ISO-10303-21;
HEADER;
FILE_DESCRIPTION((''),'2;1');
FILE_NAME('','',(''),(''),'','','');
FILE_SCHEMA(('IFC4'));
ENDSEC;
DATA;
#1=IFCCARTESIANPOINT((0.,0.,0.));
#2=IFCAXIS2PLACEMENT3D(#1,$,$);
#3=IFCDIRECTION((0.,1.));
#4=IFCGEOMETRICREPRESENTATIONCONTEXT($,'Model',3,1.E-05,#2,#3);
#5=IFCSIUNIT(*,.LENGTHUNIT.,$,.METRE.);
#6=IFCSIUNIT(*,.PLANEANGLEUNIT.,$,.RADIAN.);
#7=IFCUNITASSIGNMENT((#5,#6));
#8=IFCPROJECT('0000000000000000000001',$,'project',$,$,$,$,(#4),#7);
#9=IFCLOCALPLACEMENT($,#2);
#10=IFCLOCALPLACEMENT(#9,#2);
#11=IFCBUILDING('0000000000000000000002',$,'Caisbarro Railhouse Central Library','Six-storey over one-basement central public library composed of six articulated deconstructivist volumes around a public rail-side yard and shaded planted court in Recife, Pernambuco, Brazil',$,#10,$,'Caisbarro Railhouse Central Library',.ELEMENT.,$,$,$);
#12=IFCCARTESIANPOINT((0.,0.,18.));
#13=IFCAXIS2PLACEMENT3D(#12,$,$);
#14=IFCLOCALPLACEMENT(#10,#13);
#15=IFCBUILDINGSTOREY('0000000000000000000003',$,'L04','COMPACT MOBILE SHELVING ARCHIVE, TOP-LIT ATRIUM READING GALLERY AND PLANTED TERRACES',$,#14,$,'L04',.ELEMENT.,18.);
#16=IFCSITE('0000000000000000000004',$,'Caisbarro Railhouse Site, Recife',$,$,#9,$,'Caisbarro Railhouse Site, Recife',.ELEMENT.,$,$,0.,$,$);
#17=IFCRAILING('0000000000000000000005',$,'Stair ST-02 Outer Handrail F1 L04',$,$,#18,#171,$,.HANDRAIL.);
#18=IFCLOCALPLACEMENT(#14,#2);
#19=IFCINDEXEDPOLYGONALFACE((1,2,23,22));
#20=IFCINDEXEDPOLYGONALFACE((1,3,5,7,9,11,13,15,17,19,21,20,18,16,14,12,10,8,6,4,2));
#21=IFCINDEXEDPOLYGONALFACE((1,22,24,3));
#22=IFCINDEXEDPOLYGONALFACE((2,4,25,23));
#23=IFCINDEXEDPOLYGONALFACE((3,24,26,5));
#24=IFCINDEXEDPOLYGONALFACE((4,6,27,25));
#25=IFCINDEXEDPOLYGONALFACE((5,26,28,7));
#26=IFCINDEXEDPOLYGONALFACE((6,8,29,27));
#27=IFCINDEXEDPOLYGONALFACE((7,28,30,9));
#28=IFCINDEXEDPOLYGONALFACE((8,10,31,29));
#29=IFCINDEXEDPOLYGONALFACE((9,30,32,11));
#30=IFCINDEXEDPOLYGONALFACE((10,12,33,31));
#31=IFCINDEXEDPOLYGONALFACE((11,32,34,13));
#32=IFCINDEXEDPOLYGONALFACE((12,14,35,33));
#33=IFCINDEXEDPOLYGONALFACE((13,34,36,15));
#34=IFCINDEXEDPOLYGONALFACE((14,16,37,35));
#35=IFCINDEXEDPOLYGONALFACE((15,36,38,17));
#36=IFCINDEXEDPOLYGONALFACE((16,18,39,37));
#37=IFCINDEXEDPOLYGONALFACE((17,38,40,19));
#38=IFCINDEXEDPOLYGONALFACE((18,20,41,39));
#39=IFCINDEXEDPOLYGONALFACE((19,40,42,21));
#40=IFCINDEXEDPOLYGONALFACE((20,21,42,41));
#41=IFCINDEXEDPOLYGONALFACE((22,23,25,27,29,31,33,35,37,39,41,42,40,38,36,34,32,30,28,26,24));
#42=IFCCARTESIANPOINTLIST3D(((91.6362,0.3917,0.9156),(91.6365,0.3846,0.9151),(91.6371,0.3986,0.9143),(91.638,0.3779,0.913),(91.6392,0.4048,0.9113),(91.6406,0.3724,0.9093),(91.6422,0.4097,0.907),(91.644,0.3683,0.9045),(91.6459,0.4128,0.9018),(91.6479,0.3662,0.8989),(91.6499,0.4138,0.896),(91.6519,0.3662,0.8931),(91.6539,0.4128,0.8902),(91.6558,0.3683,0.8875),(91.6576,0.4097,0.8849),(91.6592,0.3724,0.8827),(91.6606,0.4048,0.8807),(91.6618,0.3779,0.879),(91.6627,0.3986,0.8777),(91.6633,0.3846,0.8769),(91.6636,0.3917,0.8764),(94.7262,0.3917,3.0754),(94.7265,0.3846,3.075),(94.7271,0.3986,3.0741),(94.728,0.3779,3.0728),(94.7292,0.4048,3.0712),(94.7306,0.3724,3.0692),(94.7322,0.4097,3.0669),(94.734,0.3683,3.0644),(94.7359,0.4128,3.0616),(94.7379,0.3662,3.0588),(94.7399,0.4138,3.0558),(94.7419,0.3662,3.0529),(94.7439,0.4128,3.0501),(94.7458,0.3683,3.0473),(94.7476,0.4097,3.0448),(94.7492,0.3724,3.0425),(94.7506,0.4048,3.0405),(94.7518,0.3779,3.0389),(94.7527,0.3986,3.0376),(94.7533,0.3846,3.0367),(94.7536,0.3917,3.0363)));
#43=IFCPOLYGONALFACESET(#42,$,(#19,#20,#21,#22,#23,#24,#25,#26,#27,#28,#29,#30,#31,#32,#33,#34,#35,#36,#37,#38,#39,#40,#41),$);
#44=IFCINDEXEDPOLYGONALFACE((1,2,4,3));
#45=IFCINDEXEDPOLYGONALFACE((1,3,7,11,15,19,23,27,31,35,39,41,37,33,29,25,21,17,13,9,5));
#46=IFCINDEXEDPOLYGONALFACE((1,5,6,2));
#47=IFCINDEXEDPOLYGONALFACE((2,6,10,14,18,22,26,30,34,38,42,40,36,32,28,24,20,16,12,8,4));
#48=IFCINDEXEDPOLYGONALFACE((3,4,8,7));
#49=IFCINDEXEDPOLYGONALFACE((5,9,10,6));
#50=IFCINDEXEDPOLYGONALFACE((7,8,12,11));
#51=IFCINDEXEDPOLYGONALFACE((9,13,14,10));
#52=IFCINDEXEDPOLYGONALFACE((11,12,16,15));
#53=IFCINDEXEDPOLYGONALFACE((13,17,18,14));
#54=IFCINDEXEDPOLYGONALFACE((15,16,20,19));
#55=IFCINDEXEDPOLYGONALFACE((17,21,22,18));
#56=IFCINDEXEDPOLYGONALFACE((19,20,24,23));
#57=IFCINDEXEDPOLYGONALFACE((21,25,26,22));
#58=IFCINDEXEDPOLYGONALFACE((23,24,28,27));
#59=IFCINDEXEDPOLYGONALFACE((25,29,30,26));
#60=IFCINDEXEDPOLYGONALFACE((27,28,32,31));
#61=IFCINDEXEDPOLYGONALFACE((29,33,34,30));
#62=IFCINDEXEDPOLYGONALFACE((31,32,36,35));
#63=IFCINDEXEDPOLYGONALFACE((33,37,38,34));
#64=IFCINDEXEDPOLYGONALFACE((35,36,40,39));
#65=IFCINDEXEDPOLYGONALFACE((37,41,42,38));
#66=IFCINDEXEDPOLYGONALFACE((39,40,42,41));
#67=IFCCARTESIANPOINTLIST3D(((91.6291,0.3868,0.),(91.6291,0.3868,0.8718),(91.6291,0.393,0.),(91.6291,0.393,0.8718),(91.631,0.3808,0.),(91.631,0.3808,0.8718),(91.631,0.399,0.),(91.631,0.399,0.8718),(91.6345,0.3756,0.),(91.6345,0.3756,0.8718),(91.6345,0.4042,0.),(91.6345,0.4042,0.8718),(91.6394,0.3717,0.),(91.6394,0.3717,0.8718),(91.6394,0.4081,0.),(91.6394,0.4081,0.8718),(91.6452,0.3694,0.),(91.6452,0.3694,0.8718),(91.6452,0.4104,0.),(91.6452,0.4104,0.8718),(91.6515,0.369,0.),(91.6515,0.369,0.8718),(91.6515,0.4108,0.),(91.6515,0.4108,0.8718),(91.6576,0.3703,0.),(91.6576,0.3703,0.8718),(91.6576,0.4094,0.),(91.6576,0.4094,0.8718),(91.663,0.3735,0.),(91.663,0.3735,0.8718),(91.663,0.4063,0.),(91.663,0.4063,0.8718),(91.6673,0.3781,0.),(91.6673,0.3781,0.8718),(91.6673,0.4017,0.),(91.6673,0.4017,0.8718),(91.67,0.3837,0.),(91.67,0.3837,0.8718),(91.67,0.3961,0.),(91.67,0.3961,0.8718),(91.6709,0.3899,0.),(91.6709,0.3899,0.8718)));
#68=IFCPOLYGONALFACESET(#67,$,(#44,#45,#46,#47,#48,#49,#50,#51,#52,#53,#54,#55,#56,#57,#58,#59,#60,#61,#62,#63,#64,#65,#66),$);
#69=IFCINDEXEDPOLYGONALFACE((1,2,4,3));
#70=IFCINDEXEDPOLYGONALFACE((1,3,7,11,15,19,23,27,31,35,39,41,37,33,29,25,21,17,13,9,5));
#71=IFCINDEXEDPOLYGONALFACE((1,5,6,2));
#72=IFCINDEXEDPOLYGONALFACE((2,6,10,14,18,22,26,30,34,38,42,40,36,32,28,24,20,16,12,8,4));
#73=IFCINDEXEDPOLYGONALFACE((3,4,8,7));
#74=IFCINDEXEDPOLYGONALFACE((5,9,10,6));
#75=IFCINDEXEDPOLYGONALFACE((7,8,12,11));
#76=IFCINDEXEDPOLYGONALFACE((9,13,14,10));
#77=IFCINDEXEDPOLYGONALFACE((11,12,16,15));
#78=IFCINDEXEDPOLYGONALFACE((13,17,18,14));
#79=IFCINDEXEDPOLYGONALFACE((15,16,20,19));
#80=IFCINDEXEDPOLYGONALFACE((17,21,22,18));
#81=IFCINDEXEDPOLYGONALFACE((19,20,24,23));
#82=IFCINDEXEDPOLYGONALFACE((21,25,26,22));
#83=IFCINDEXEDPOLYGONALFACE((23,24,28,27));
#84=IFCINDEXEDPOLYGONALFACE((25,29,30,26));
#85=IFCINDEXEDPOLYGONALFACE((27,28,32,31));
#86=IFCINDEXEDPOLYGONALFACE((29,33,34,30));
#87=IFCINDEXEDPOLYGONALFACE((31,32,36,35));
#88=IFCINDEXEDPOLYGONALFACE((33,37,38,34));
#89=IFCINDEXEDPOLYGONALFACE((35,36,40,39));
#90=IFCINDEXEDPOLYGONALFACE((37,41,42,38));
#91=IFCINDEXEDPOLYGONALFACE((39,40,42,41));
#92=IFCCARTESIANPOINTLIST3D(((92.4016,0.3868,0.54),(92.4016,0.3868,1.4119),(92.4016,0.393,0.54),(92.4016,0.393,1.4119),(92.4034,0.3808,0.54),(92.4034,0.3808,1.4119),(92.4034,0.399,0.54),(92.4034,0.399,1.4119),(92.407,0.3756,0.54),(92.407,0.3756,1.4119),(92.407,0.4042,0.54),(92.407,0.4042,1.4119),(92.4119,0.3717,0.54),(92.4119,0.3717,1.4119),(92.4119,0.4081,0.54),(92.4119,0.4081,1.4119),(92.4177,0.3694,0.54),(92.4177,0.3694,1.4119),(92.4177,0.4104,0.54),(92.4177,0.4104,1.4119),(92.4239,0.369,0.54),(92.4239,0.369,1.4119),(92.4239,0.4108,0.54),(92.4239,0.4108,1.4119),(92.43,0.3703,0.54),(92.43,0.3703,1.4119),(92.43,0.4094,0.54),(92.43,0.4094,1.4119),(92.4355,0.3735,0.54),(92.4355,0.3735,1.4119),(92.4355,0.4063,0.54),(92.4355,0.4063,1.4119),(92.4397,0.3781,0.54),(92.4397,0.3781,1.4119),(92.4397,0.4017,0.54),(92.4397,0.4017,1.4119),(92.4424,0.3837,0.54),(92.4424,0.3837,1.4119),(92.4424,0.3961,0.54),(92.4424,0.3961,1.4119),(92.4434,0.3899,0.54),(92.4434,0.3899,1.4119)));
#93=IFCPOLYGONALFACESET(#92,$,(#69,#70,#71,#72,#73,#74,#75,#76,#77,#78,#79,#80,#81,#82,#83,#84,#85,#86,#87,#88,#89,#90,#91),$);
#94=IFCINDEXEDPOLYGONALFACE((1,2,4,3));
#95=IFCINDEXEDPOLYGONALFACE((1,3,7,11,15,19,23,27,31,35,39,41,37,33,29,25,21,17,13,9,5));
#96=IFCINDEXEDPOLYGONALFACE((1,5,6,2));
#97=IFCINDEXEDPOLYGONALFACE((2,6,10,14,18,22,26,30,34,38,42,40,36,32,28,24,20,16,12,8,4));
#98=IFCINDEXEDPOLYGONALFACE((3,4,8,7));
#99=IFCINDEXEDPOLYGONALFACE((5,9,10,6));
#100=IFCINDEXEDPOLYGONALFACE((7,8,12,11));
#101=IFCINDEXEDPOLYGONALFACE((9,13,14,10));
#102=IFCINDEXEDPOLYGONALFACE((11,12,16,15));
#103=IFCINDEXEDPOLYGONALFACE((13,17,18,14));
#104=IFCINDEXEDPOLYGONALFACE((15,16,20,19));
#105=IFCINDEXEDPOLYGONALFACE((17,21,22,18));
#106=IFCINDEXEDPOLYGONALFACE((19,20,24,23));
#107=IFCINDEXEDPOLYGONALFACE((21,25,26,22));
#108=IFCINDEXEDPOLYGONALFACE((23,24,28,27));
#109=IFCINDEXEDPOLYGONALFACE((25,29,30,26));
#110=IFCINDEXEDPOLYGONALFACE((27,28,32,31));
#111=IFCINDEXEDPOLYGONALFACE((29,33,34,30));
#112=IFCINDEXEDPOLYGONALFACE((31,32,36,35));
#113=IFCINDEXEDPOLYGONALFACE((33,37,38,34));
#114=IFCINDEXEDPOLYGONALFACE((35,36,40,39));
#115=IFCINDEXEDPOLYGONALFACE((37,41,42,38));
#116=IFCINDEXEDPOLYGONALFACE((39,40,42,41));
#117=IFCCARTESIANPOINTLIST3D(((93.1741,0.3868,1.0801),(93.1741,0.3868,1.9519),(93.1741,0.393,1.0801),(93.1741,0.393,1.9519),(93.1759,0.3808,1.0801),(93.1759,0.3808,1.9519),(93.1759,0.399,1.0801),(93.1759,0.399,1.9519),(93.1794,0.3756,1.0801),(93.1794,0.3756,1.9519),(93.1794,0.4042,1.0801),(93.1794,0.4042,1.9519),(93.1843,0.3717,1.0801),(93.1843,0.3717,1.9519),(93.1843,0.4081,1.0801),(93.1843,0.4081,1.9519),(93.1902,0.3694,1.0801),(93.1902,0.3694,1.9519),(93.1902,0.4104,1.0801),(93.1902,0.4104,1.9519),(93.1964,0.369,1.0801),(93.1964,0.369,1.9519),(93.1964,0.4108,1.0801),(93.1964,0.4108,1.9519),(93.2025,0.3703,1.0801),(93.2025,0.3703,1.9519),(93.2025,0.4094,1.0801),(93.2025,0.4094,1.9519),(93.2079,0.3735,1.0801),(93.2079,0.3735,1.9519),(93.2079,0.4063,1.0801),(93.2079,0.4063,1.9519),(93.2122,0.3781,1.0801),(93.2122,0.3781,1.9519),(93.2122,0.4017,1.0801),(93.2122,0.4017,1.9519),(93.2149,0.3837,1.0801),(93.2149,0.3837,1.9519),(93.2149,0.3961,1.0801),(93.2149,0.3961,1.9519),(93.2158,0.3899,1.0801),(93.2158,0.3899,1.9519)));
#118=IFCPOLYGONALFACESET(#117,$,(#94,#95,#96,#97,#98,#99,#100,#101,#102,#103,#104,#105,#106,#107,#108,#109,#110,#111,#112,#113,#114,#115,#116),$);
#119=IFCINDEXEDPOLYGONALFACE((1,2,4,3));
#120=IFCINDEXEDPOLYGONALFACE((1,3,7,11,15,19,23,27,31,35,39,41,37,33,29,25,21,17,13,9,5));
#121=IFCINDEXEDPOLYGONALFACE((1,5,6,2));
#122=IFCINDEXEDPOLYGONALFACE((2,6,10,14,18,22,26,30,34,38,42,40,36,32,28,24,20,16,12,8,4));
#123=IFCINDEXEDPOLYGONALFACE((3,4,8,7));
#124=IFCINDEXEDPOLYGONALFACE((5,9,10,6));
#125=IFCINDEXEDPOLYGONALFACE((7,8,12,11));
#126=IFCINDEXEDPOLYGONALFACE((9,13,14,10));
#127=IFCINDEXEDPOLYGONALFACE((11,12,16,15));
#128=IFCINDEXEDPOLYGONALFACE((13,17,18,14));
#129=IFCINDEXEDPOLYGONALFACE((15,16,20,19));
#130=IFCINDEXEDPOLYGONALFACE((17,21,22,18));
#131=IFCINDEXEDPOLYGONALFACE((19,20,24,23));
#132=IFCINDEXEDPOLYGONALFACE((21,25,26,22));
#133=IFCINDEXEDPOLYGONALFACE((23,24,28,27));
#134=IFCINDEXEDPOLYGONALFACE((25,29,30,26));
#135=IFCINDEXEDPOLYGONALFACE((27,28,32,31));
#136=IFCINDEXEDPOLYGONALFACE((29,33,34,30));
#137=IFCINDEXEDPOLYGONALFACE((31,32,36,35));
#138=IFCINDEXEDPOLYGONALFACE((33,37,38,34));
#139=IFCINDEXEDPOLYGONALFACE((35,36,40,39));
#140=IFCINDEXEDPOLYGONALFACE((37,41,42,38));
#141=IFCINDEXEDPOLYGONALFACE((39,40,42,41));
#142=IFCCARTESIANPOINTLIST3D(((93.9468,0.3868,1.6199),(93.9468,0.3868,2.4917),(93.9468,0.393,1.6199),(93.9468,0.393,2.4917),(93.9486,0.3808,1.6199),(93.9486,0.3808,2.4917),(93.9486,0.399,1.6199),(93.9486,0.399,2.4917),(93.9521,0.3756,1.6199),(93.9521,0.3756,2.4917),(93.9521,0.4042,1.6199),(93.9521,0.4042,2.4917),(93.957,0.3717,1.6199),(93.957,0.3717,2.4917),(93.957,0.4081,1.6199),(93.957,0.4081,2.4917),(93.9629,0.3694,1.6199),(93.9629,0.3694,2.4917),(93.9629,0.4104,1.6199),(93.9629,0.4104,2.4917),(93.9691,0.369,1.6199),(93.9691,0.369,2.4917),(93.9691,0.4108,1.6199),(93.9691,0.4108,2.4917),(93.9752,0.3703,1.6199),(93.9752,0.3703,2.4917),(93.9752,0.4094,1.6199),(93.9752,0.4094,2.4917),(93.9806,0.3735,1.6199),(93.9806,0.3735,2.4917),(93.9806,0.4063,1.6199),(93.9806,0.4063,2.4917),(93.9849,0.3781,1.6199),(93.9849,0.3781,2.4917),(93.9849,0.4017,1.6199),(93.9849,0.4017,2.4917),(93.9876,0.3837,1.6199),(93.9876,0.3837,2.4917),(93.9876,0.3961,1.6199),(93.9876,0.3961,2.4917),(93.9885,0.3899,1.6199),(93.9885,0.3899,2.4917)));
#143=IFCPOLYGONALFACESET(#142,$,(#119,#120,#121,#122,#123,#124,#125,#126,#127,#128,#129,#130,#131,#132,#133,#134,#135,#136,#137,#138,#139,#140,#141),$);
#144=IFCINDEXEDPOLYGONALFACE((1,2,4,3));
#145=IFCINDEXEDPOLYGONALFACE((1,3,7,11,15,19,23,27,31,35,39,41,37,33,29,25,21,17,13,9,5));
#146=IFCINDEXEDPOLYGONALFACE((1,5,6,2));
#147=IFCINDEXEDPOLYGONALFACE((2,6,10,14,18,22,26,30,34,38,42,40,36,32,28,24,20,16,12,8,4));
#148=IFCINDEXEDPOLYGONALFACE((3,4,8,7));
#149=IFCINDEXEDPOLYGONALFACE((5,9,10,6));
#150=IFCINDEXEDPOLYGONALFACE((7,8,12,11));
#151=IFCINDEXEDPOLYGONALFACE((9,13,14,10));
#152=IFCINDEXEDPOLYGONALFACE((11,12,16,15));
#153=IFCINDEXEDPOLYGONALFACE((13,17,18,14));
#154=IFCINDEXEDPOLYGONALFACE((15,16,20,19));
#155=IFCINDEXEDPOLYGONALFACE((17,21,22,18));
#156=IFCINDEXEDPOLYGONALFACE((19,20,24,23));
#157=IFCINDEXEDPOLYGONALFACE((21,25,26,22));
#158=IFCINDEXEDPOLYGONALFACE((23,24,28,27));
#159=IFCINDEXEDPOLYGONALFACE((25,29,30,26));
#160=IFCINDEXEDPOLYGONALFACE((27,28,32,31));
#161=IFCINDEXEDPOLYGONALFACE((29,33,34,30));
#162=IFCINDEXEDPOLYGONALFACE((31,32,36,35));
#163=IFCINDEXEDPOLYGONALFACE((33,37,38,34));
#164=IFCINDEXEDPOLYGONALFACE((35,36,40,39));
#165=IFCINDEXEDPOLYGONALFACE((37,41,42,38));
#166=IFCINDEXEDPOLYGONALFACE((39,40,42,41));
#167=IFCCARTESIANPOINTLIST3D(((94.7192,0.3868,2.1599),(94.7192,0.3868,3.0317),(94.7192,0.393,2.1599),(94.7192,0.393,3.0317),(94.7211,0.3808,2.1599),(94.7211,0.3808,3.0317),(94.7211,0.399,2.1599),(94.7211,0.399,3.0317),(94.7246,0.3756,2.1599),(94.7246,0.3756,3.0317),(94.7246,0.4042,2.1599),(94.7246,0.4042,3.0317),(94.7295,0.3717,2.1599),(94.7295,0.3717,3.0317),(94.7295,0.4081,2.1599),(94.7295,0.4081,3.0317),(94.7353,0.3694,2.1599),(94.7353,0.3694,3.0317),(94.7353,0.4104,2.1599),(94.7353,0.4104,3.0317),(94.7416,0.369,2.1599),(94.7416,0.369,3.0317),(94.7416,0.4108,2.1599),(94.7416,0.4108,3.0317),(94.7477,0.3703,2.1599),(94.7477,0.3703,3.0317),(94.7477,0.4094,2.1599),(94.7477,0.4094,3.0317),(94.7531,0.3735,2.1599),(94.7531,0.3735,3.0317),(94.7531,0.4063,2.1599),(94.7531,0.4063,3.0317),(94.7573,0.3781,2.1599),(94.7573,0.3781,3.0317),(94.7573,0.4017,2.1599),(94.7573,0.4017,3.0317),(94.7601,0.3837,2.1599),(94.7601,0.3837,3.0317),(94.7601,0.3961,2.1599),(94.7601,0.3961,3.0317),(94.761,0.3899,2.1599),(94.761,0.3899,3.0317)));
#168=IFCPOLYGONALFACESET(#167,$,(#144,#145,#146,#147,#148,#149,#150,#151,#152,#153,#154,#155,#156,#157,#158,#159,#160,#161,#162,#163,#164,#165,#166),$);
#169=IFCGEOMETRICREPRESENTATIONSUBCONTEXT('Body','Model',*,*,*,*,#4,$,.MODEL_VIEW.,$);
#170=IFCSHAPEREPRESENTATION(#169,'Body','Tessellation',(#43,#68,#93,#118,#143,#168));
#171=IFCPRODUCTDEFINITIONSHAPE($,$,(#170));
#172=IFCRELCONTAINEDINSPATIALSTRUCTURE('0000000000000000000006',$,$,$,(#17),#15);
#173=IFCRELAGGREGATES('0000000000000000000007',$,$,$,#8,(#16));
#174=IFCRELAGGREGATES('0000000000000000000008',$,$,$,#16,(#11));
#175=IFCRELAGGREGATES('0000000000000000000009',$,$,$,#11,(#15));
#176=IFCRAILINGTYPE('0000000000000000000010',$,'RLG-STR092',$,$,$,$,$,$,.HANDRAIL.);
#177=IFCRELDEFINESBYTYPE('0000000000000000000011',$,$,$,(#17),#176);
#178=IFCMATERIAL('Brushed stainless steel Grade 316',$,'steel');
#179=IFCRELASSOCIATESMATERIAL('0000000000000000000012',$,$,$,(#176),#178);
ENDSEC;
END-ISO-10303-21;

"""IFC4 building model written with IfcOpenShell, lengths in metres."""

from ifc_helpers import new_model, si_unit, direction, frame, origin, origin_2d, place, context, subcontext, project, spatial, circle, extrude, material, type_object, element, save


model = new_model("IFC4")

# Units and contexts
model_context = context("Model", 3, precision=1e-05, world=origin(), true_north=direction((0.0, 1.0)))
body_context = subcontext(model_context, "Body", "Model", "MODEL_VIEW")
ifc_project = project(units=[si_unit("LENGTHUNIT", "METRE"), si_unit("PLANEANGLEUNIT", "RADIAN")], contexts=[model_context])

# Site, building, storey
site_placement = place(None, origin())
site = spatial("IfcSite", under=ifc_project, at=site_placement, Name="Caisbarro Railhouse Site, Recife", LongName="Caisbarro Railhouse Site, Recife", CompositionType="ELEMENT", RefElevation=0.0)
building_placement = place(site_placement, origin())
building = spatial("IfcBuilding", under=site, at=building_placement, Name="Caisbarro Railhouse Central Library", Description="Six-storey over one-basement central public library composed of six articulated deconstructivist volumes around a public rail-side yard and shaded planted court in Recife, Pernambuco, Brazil", LongName="Caisbarro Railhouse Central Library", CompositionType="ELEMENT")
storey_placement = place(building_placement, frame((0.0, 0.0, 18.0)))
storey = spatial("IfcBuildingStorey", under=building, at=storey_placement, Name="L04", Description="COMPACT MOBILE SHELVING ARCHIVE, TOP-LIT ATRIUM READING GALLERY AND PLANTED TERRACES", LongName="L04", CompositionType="ELEMENT", Elevation=18.0)

# Railing
ifc_material_1 = material(Name="Brushed stainless steel Grade 316", Category="steel")
railing_type_1 = type_object("IfcRailingType", Name="RLG-STR092", PredefinedType="HANDRAIL", material=ifc_material_1)
railing_1_placement = place(storey_placement, frame((91.6499, 0.3899, 0.0)))
element("IfcRailing", 1, at=railing_1_placement, inside=storey, type_object=railing_type_1, Name="Stair ST-02 Outer Handrail F1 L04", PredefinedType="HANDRAIL", context=body_context, shape_type="SweptSolid", body=[
    extrude(circle(Radius=0.0239, at=origin_2d()), frame((0.0, 0.0, 0.896), z_axis=(0.819624, 0.0, 0.572902), x_axis=(0.0, 1.0, 0.0)), (0.0, 0.0, 1.0), 3.77),
    extrude(circle(Radius=0.021, at=origin_2d()), origin(), (0.0, 0.0, 1.0), 0.8718),
    extrude(circle(Radius=0.021, at=origin_2d()), frame((0.7725, 0.0, 0.54)), (0.0, 0.0, 1.0), 0.8718),
    extrude(circle(Radius=0.021, at=origin_2d()), frame((1.5449, 0.0, 1.0801)), (0.0, 0.0, 1.0), 0.8718),
    extrude(circle(Radius=0.021, at=origin_2d()), frame((2.3176, 0.0, 1.6199)), (0.0, 0.0, 1.0), 0.8718),
    extrude(circle(Radius=0.021, at=origin_2d()), frame((3.0901, 0.0, 2.1599)), (0.0, 0.0, 1.0), 0.8718),
])

save(model, "model.ifc")
